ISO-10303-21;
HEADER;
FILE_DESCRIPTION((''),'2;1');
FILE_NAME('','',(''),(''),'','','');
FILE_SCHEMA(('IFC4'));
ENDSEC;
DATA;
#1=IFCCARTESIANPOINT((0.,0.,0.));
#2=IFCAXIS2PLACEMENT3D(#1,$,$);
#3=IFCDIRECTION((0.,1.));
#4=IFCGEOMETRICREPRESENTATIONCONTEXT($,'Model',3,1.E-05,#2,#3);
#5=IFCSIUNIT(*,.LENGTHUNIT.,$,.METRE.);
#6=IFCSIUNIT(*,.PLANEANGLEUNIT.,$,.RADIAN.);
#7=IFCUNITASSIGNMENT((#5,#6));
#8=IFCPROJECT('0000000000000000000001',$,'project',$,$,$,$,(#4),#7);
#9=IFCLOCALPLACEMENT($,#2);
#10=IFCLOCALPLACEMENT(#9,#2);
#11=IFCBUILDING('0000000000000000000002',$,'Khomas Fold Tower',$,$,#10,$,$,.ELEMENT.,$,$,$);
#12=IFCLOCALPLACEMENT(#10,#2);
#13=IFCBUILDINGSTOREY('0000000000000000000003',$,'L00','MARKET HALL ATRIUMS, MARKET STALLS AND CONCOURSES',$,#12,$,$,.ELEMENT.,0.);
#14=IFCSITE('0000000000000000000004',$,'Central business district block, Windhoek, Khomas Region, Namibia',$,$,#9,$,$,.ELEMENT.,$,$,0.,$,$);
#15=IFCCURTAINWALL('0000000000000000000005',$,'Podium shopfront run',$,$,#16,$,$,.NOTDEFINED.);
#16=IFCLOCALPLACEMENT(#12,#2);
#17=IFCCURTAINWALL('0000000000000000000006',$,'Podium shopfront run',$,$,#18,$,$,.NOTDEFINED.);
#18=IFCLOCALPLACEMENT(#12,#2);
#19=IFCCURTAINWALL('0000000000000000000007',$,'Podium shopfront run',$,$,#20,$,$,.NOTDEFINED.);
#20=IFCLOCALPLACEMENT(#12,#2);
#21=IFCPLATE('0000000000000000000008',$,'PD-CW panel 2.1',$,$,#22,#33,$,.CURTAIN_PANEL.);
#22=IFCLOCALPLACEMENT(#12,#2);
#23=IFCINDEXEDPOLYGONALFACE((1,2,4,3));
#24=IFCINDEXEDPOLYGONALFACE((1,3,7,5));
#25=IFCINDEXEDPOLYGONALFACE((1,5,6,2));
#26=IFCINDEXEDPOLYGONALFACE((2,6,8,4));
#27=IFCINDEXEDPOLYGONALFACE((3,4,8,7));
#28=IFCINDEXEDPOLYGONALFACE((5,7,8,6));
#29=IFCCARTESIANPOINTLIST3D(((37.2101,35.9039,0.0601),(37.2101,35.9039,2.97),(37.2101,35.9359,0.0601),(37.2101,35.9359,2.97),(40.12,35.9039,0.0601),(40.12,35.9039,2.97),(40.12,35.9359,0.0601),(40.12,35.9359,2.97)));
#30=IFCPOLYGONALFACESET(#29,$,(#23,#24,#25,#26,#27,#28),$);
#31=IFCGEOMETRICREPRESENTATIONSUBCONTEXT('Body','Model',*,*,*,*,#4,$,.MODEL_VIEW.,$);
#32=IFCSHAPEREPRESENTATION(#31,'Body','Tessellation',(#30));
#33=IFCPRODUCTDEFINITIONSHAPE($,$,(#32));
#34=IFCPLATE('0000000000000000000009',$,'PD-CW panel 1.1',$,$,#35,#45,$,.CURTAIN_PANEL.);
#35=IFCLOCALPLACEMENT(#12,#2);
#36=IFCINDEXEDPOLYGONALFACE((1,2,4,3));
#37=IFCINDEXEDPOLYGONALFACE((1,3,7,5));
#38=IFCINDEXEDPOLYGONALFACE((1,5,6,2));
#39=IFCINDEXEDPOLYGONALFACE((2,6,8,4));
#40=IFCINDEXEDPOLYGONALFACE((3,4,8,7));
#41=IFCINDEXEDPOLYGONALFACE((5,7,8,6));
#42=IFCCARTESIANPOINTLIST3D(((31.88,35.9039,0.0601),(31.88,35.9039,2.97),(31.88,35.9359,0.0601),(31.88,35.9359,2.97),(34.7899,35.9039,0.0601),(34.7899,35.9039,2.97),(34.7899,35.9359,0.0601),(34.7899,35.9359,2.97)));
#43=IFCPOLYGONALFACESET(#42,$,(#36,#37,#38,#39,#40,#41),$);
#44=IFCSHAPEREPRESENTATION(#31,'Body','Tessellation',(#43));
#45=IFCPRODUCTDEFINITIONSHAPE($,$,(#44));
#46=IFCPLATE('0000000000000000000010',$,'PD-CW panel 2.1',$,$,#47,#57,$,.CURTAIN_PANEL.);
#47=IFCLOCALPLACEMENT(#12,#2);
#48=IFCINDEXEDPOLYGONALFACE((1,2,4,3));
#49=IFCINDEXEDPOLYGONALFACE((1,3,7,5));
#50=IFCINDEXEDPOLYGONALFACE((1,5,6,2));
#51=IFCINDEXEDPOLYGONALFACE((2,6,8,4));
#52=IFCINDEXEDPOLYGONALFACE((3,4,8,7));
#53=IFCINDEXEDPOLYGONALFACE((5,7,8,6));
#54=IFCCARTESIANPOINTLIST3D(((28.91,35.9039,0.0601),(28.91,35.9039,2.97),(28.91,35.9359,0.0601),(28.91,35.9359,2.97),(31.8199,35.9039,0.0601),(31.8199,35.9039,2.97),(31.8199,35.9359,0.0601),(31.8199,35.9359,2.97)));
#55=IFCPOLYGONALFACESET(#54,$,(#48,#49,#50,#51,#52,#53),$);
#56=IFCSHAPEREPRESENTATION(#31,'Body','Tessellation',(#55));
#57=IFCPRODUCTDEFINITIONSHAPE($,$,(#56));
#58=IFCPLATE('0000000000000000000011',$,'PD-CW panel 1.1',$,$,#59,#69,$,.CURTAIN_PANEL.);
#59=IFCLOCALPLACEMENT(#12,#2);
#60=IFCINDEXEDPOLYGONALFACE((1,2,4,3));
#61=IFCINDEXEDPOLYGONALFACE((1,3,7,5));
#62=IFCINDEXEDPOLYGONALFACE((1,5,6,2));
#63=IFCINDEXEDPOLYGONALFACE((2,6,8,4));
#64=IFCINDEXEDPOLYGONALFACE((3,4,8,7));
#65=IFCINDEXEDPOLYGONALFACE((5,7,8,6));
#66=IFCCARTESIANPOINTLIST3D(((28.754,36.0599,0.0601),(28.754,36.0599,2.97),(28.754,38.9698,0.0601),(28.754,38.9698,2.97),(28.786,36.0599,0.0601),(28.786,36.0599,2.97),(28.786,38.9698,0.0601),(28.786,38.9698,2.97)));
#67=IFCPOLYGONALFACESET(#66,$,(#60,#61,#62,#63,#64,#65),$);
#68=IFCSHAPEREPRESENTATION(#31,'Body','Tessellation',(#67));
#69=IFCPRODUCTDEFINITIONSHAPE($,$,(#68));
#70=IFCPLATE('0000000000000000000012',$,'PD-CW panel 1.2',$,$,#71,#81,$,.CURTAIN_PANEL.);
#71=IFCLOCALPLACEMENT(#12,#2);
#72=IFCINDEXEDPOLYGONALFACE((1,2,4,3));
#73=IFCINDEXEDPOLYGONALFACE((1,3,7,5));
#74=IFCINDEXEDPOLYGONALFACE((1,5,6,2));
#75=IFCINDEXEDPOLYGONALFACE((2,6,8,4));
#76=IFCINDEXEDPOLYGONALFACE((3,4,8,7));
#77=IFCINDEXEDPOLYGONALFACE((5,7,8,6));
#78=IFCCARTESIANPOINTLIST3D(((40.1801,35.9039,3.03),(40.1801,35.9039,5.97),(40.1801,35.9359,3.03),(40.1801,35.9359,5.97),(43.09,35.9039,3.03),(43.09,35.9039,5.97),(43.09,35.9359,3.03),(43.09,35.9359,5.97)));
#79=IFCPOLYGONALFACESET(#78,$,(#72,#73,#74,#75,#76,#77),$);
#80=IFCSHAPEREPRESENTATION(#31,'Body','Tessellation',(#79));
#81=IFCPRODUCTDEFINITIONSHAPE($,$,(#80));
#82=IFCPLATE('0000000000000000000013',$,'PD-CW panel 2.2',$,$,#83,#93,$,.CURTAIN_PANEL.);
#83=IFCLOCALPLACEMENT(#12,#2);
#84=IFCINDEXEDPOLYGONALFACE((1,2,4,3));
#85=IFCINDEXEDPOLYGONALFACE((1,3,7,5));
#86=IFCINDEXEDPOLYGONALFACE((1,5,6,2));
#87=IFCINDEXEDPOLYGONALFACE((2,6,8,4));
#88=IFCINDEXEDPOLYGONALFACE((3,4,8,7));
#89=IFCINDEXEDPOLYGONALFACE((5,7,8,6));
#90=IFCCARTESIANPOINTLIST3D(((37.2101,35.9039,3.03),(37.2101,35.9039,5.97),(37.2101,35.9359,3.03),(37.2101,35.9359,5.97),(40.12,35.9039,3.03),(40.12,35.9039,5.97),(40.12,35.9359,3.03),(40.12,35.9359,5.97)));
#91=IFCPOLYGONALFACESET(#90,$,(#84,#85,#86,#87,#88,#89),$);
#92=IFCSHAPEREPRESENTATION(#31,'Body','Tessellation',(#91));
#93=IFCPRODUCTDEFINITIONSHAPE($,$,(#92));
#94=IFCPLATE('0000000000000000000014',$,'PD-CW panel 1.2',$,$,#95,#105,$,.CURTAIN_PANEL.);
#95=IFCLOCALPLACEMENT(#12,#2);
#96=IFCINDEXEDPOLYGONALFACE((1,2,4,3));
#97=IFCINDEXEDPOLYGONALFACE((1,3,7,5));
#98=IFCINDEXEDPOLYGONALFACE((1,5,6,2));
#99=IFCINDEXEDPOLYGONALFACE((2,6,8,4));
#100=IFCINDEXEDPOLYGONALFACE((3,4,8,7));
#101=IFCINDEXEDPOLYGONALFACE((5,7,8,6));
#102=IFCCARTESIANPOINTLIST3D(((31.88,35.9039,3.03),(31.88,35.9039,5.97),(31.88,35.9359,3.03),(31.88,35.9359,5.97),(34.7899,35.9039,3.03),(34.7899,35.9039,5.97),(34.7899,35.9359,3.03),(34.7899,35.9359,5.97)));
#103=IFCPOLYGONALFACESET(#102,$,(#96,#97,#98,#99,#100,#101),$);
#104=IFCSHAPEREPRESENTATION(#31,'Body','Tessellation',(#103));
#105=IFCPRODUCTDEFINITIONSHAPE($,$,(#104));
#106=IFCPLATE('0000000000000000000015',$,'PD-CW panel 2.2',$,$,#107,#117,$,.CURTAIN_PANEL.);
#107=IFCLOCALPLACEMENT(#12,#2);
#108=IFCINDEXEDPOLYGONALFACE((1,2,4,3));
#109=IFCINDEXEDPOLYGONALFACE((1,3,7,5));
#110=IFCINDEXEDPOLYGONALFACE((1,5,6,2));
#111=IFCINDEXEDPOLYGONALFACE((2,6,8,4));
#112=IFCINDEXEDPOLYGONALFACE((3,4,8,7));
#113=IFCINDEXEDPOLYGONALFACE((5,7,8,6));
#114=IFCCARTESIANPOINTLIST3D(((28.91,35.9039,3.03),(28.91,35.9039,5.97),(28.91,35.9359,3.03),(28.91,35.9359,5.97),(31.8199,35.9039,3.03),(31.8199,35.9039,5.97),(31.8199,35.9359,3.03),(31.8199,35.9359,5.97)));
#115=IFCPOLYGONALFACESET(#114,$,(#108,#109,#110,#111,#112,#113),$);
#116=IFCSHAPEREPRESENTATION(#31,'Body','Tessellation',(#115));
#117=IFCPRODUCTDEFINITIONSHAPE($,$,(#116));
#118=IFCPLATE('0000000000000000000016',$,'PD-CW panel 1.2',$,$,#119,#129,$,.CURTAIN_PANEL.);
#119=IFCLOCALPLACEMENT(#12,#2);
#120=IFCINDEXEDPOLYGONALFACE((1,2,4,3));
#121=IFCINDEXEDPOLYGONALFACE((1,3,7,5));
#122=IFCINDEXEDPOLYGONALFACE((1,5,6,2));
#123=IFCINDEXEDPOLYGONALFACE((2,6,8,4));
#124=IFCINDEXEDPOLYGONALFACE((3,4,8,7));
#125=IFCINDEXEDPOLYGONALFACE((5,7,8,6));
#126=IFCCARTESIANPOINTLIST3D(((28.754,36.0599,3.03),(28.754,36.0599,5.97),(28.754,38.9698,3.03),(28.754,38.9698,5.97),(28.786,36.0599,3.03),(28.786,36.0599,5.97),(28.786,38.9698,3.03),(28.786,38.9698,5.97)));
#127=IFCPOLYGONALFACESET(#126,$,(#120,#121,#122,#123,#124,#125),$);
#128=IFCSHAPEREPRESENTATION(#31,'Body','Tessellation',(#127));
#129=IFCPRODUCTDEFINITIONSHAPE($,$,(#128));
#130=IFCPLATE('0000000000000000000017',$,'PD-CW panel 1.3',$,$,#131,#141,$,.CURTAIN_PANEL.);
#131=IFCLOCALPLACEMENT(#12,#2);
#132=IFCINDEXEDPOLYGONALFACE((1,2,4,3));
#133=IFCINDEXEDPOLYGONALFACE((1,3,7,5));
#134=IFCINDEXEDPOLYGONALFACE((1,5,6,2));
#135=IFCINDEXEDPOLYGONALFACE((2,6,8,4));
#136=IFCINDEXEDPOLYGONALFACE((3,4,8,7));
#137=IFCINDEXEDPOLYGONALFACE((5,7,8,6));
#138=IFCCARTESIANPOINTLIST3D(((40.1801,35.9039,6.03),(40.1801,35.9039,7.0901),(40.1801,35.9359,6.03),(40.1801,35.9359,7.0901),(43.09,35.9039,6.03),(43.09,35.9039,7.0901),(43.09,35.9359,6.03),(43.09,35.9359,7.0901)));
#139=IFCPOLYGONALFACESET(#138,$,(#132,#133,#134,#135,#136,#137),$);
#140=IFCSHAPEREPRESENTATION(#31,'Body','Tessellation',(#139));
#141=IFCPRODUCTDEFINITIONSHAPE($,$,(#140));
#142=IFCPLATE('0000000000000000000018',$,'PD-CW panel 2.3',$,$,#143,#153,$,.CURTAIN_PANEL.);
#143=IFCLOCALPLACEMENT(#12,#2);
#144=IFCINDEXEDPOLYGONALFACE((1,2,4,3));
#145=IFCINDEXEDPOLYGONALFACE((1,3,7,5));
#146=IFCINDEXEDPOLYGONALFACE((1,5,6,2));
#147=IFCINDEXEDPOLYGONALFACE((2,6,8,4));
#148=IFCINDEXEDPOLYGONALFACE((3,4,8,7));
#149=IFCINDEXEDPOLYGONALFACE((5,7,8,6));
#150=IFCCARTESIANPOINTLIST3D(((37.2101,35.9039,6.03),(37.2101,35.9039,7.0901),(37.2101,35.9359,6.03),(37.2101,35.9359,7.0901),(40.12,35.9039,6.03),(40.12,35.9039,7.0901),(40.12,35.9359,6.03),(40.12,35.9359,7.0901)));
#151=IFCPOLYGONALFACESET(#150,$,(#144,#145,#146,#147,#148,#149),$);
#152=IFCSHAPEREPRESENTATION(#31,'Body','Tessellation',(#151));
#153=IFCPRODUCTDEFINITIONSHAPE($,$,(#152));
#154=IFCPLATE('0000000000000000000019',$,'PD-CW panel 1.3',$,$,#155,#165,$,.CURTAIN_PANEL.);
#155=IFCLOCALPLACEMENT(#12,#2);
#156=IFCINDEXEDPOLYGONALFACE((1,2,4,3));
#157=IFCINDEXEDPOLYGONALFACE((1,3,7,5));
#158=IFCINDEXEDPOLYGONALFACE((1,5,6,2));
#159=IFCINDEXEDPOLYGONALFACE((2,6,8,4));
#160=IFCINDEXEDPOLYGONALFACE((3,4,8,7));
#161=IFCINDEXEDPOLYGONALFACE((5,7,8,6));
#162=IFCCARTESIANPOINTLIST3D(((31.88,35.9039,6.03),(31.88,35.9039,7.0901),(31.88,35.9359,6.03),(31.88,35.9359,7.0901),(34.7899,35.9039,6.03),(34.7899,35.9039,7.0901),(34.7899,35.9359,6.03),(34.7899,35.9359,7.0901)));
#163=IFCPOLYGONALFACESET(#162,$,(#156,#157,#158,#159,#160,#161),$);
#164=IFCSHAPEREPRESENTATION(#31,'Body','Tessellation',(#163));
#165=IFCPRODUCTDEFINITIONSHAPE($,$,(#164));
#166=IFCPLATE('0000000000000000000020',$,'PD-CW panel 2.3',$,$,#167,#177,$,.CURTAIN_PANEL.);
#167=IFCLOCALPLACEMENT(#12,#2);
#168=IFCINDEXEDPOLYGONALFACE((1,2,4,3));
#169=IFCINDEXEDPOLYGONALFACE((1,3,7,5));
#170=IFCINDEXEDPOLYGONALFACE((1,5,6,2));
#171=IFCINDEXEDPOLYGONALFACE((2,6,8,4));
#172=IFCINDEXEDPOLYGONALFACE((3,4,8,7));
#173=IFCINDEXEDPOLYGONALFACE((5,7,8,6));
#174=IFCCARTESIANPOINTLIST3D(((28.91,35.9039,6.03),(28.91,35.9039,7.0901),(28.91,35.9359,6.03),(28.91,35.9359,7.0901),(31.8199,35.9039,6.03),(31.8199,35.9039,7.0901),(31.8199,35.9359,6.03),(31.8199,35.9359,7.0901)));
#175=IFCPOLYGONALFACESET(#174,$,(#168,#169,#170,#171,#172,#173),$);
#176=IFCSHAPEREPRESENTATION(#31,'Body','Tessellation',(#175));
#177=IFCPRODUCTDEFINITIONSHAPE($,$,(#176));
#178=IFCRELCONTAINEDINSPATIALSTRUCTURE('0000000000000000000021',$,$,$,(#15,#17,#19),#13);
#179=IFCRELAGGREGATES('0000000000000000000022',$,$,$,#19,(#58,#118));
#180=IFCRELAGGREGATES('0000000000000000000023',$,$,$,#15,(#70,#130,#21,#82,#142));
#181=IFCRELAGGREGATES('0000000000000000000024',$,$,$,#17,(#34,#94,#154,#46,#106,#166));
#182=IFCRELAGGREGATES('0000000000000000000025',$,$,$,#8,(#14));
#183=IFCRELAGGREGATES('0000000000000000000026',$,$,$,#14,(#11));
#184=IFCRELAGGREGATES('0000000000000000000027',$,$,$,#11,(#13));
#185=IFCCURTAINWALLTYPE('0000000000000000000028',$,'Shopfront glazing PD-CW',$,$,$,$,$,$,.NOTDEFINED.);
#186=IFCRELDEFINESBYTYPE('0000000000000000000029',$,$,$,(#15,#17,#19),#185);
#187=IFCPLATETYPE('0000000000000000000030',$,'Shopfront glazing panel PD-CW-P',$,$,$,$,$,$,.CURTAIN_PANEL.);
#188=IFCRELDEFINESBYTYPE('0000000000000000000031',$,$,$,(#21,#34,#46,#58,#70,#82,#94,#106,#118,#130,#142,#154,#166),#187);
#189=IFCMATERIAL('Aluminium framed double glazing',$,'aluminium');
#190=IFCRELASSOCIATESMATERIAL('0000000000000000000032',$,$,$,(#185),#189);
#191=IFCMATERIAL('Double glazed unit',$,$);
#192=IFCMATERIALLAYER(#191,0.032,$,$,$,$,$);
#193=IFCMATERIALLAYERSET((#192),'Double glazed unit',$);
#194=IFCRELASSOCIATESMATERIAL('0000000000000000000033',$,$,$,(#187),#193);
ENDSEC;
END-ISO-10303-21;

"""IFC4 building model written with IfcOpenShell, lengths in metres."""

from ifc_helpers import new_model, si_unit, direction, frame, origin, origin_2d, place, context, subcontext, project, spatial, rectangle, extrude, source, transform, mapped, material, layer, layer_set, type_object, element, aggregate, save


model = new_model("IFC4")

# Units and contexts
model_context = context("Model", 3, precision=1e-05, world=origin(), true_north=direction((0.0, 1.0)))
body_context = subcontext(model_context, "Body", "Model", "MODEL_VIEW")
ifc_project = project(units=[si_unit("LENGTHUNIT", "METRE"), si_unit("PLANEANGLEUNIT", "RADIAN")], contexts=[model_context])

# Site, building, storey
site_placement = place(None, origin())
site = spatial("IfcSite", under=ifc_project, at=site_placement, Name="Central business district block, Windhoek, Khomas Region, Namibia", CompositionType="ELEMENT", RefElevation=0.0)
building_placement = place(site_placement, origin())
building = spatial("IfcBuilding", under=site, at=building_placement, Name="Khomas Fold Tower", CompositionType="ELEMENT")
storey_placement = place(building_placement, origin())
storey = spatial("IfcBuildingStorey", under=building, at=storey_placement, Name="L00", Description="MARKET HALL ATRIUMS, MARKET STALLS AND CONCOURSES", CompositionType="ELEMENT", Elevation=0.0)

# Curtain walls
ifc_material_1 = material(Name="Aluminium framed double glazing", Category="aluminium")
curtain_wall_type = type_object("IfcCurtainWallType", Name="Shopfront glazing PD-CW", PredefinedType="NOTDEFINED", material=ifc_material_1)
curtain_wall_1_placement = place(storey_placement, origin())
curtain_wall_1 = element("IfcCurtainWall", 1, at=curtain_wall_1_placement, inside=storey, type_object=curtain_wall_type, Name="Podium shopfront run", PredefinedType="NOTDEFINED")
curtain_wall_2_placement = place(storey_placement, origin())
curtain_wall_2 = element("IfcCurtainWall", 2, at=curtain_wall_2_placement, inside=storey, type_object=curtain_wall_type, Name="Podium shopfront run", PredefinedType="NOTDEFINED")

# Curtain wall
curtain_wall_3_placement = place(storey_placement, origin())
curtain_wall_3 = element("IfcCurtainWall", 3, at=curtain_wall_3_placement, inside=storey, type_object=curtain_wall_type, Name="Podium shopfront run", PredefinedType="NOTDEFINED")

# Plates
ifc_material_2 = material(Name="Double glazed unit")
ifc_layer_1 = layer(ifc_material_2, 0.032)
ifc_layer_set_1 = layer_set([ifc_layer_1], Name="Double glazed unit")
plate_type = type_object("IfcPlateType", Name="Shopfront glazing panel PD-CW-P", PredefinedType="CURTAIN_PANEL", material=ifc_layer_set_1)
shared_shape_1 = source(origin(), body_context, "Body", "SweptSolid", [
    extrude(rectangle(XDim=2.9099, YDim=0.032, at=origin_2d()), origin(), (0.0, 0.0, 1.0), 2.9099),
])
plate_1_placement = place(storey_placement, frame((38.665, 35.9199, 0.0601), z_axis=(0.0, 0.0, 1.0), x_axis=(-1.0, 0.0, 0.0)))
plate_1 = element("IfcPlate", 4, at=plate_1_placement, type_object=plate_type, Name="PD-CW panel 2.1", PredefinedType="CURTAIN_PANEL", context=body_context, shape_type="MappedRepresentation", body=[
    mapped(shared_shape_1, transform((0.0, 0.0, 0.0))),
])
plate_2_placement = place(storey_placement, frame((33.335, 35.9199, 0.0601), z_axis=(0.0, 0.0, 1.0), x_axis=(-1.0, 0.0, 0.0)))
plate_2 = element("IfcPlate", 5, at=plate_2_placement, type_object=plate_type, Name="PD-CW panel 1.1", PredefinedType="CURTAIN_PANEL", context=body_context, shape_type="MappedRepresentation", body=[
    mapped(shared_shape_1, transform((0.0, 0.0, 0.0))),
])
plate_3_placement = place(storey_placement, frame((30.365, 35.9199, 0.0601), z_axis=(0.0, 0.0, 1.0), x_axis=(-1.0, 0.0, 0.0)))
plate_3 = element("IfcPlate", 6, at=plate_3_placement, type_object=plate_type, Name="PD-CW panel 2.1", PredefinedType="CURTAIN_PANEL", context=body_context, shape_type="MappedRepresentation", body=[
    mapped(shared_shape_1, transform((0.0, 0.0, 0.0))),
])
plate_4_placement = place(storey_placement, frame((28.77, 37.5149, 0.0601), z_axis=(0.0, 0.0, 1.0), x_axis=(0.0, 1.0, 0.0)))
plate_4 = element("IfcPlate", 7, at=plate_4_placement, type_object=plate_type, Name="PD-CW panel 1.1", PredefinedType="CURTAIN_PANEL", context=body_context, shape_type="MappedRepresentation", body=[
    mapped(shared_shape_1, transform((0.0, 0.0, 0.0))),
])
shared_shape_2 = source(origin(), body_context, "Body", "SweptSolid", [
    extrude(rectangle(XDim=2.9099, YDim=0.032, at=origin_2d()), origin(), (0.0, 0.0, 1.0), 2.9399),
])
plate_5_placement = place(storey_placement, frame((41.635, 35.9199, 3.03), z_axis=(0.0, 0.0, 1.0), x_axis=(-1.0, 0.0, 0.0)))
plate_5 = element("IfcPlate", 8, at=plate_5_placement, type_object=plate_type, Name="PD-CW panel 1.2", PredefinedType="CURTAIN_PANEL", context=body_context, shape_type="MappedRepresentation", body=[
    mapped(shared_shape_2, transform((0.0, 0.0, 0.0))),
])
plate_6_placement = place(storey_placement, frame((38.665, 35.9199, 3.03), z_axis=(0.0, 0.0, 1.0), x_axis=(-1.0, 0.0, 0.0)))
plate_6 = element("IfcPlate", 9, at=plate_6_placement, type_object=plate_type, Name="PD-CW panel 2.2", PredefinedType="CURTAIN_PANEL", context=body_context, shape_type="MappedRepresentation", body=[
    mapped(shared_shape_2, transform((0.0, 0.0, 0.0))),
])
plate_7_placement = place(storey_placement, frame((33.335, 35.9199, 3.03), z_axis=(0.0, 0.0, 1.0), x_axis=(-1.0, 0.0, 0.0)))
plate_7 = element("IfcPlate", 10, at=plate_7_placement, type_object=plate_type, Name="PD-CW panel 1.2", PredefinedType="CURTAIN_PANEL", context=body_context, shape_type="MappedRepresentation", body=[
    mapped(shared_shape_2, transform((0.0, 0.0, 0.0))),
])
plate_8_placement = place(storey_placement, frame((30.365, 35.9199, 3.03), z_axis=(0.0, 0.0, 1.0), x_axis=(-1.0, 0.0, 0.0)))
plate_8 = element("IfcPlate", 11, at=plate_8_placement, type_object=plate_type, Name="PD-CW panel 2.2", PredefinedType="CURTAIN_PANEL", context=body_context, shape_type="MappedRepresentation", body=[
    mapped(shared_shape_2, transform((0.0, 0.0, 0.0))),
])
plate_9_placement = place(storey_placement, frame((28.77, 37.5149, 3.03), z_axis=(0.0, 0.0, 1.0), x_axis=(0.0, 1.0, 0.0)))
plate_9 = element("IfcPlate", 12, at=plate_9_placement, type_object=plate_type, Name="PD-CW panel 1.2", PredefinedType="CURTAIN_PANEL", context=body_context, shape_type="MappedRepresentation", body=[
    mapped(shared_shape_2, transform((0.0, 0.0, 0.0))),
])
aggregate(curtain_wall_3, [plate_4, plate_9])
shared_shape_3 = source(origin(), body_context, "Body", "SweptSolid", [
    extrude(rectangle(XDim=2.9099, YDim=0.032, at=origin_2d()), origin(), (0.0, 0.0, 1.0), 1.0601),
])
plate_10_placement = place(storey_placement, frame((41.635, 35.9199, 6.03), z_axis=(0.0, 0.0, 1.0), x_axis=(-1.0, 0.0, 0.0)))
plate_10 = element("IfcPlate", 13, at=plate_10_placement, type_object=plate_type, Name="PD-CW panel 1.3", PredefinedType="CURTAIN_PANEL", context=body_context, shape_type="MappedRepresentation", body=[
    mapped(shared_shape_3, transform((0.0, 0.0, 0.0))),
])
plate_11_placement = place(storey_placement, frame((38.665, 35.9199, 6.03), z_axis=(0.0, 0.0, 1.0), x_axis=(-1.0, 0.0, 0.0)))
plate_11 = element("IfcPlate", 14, at=plate_11_placement, type_object=plate_type, Name="PD-CW panel 2.3", PredefinedType="CURTAIN_PANEL", context=body_context, shape_type="MappedRepresentation", body=[
    mapped(shared_shape_3, transform((0.0, 0.0, 0.0))),
])
aggregate(curtain_wall_1, [plate_5, plate_10, plate_1, plate_6, plate_11])
plate_12_placement = place(storey_placement, frame((33.335, 35.9199, 6.03), z_axis=(0.0, 0.0, 1.0), x_axis=(-1.0, 0.0, 0.0)))
plate_12 = element("IfcPlate", 15, at=plate_12_placement, type_object=plate_type, Name="PD-CW panel 1.3", PredefinedType="CURTAIN_PANEL", context=body_context, shape_type="MappedRepresentation", body=[
    mapped(shared_shape_3, transform((0.0, 0.0, 0.0))),
])
plate_13_placement = place(storey_placement, frame((30.365, 35.9199, 6.03), z_axis=(0.0, 0.0, 1.0), x_axis=(-1.0, 0.0, 0.0)))
plate_13 = element("IfcPlate", 16, at=plate_13_placement, type_object=plate_type, Name="PD-CW panel 2.3", PredefinedType="CURTAIN_PANEL", context=body_context, shape_type="MappedRepresentation", body=[
    mapped(shared_shape_3, transform((0.0, 0.0, 0.0))),
])
aggregate(curtain_wall_2, [plate_2, plate_7, plate_12, plate_3, plate_8, plate_13])

save(model, "model.ifc")
